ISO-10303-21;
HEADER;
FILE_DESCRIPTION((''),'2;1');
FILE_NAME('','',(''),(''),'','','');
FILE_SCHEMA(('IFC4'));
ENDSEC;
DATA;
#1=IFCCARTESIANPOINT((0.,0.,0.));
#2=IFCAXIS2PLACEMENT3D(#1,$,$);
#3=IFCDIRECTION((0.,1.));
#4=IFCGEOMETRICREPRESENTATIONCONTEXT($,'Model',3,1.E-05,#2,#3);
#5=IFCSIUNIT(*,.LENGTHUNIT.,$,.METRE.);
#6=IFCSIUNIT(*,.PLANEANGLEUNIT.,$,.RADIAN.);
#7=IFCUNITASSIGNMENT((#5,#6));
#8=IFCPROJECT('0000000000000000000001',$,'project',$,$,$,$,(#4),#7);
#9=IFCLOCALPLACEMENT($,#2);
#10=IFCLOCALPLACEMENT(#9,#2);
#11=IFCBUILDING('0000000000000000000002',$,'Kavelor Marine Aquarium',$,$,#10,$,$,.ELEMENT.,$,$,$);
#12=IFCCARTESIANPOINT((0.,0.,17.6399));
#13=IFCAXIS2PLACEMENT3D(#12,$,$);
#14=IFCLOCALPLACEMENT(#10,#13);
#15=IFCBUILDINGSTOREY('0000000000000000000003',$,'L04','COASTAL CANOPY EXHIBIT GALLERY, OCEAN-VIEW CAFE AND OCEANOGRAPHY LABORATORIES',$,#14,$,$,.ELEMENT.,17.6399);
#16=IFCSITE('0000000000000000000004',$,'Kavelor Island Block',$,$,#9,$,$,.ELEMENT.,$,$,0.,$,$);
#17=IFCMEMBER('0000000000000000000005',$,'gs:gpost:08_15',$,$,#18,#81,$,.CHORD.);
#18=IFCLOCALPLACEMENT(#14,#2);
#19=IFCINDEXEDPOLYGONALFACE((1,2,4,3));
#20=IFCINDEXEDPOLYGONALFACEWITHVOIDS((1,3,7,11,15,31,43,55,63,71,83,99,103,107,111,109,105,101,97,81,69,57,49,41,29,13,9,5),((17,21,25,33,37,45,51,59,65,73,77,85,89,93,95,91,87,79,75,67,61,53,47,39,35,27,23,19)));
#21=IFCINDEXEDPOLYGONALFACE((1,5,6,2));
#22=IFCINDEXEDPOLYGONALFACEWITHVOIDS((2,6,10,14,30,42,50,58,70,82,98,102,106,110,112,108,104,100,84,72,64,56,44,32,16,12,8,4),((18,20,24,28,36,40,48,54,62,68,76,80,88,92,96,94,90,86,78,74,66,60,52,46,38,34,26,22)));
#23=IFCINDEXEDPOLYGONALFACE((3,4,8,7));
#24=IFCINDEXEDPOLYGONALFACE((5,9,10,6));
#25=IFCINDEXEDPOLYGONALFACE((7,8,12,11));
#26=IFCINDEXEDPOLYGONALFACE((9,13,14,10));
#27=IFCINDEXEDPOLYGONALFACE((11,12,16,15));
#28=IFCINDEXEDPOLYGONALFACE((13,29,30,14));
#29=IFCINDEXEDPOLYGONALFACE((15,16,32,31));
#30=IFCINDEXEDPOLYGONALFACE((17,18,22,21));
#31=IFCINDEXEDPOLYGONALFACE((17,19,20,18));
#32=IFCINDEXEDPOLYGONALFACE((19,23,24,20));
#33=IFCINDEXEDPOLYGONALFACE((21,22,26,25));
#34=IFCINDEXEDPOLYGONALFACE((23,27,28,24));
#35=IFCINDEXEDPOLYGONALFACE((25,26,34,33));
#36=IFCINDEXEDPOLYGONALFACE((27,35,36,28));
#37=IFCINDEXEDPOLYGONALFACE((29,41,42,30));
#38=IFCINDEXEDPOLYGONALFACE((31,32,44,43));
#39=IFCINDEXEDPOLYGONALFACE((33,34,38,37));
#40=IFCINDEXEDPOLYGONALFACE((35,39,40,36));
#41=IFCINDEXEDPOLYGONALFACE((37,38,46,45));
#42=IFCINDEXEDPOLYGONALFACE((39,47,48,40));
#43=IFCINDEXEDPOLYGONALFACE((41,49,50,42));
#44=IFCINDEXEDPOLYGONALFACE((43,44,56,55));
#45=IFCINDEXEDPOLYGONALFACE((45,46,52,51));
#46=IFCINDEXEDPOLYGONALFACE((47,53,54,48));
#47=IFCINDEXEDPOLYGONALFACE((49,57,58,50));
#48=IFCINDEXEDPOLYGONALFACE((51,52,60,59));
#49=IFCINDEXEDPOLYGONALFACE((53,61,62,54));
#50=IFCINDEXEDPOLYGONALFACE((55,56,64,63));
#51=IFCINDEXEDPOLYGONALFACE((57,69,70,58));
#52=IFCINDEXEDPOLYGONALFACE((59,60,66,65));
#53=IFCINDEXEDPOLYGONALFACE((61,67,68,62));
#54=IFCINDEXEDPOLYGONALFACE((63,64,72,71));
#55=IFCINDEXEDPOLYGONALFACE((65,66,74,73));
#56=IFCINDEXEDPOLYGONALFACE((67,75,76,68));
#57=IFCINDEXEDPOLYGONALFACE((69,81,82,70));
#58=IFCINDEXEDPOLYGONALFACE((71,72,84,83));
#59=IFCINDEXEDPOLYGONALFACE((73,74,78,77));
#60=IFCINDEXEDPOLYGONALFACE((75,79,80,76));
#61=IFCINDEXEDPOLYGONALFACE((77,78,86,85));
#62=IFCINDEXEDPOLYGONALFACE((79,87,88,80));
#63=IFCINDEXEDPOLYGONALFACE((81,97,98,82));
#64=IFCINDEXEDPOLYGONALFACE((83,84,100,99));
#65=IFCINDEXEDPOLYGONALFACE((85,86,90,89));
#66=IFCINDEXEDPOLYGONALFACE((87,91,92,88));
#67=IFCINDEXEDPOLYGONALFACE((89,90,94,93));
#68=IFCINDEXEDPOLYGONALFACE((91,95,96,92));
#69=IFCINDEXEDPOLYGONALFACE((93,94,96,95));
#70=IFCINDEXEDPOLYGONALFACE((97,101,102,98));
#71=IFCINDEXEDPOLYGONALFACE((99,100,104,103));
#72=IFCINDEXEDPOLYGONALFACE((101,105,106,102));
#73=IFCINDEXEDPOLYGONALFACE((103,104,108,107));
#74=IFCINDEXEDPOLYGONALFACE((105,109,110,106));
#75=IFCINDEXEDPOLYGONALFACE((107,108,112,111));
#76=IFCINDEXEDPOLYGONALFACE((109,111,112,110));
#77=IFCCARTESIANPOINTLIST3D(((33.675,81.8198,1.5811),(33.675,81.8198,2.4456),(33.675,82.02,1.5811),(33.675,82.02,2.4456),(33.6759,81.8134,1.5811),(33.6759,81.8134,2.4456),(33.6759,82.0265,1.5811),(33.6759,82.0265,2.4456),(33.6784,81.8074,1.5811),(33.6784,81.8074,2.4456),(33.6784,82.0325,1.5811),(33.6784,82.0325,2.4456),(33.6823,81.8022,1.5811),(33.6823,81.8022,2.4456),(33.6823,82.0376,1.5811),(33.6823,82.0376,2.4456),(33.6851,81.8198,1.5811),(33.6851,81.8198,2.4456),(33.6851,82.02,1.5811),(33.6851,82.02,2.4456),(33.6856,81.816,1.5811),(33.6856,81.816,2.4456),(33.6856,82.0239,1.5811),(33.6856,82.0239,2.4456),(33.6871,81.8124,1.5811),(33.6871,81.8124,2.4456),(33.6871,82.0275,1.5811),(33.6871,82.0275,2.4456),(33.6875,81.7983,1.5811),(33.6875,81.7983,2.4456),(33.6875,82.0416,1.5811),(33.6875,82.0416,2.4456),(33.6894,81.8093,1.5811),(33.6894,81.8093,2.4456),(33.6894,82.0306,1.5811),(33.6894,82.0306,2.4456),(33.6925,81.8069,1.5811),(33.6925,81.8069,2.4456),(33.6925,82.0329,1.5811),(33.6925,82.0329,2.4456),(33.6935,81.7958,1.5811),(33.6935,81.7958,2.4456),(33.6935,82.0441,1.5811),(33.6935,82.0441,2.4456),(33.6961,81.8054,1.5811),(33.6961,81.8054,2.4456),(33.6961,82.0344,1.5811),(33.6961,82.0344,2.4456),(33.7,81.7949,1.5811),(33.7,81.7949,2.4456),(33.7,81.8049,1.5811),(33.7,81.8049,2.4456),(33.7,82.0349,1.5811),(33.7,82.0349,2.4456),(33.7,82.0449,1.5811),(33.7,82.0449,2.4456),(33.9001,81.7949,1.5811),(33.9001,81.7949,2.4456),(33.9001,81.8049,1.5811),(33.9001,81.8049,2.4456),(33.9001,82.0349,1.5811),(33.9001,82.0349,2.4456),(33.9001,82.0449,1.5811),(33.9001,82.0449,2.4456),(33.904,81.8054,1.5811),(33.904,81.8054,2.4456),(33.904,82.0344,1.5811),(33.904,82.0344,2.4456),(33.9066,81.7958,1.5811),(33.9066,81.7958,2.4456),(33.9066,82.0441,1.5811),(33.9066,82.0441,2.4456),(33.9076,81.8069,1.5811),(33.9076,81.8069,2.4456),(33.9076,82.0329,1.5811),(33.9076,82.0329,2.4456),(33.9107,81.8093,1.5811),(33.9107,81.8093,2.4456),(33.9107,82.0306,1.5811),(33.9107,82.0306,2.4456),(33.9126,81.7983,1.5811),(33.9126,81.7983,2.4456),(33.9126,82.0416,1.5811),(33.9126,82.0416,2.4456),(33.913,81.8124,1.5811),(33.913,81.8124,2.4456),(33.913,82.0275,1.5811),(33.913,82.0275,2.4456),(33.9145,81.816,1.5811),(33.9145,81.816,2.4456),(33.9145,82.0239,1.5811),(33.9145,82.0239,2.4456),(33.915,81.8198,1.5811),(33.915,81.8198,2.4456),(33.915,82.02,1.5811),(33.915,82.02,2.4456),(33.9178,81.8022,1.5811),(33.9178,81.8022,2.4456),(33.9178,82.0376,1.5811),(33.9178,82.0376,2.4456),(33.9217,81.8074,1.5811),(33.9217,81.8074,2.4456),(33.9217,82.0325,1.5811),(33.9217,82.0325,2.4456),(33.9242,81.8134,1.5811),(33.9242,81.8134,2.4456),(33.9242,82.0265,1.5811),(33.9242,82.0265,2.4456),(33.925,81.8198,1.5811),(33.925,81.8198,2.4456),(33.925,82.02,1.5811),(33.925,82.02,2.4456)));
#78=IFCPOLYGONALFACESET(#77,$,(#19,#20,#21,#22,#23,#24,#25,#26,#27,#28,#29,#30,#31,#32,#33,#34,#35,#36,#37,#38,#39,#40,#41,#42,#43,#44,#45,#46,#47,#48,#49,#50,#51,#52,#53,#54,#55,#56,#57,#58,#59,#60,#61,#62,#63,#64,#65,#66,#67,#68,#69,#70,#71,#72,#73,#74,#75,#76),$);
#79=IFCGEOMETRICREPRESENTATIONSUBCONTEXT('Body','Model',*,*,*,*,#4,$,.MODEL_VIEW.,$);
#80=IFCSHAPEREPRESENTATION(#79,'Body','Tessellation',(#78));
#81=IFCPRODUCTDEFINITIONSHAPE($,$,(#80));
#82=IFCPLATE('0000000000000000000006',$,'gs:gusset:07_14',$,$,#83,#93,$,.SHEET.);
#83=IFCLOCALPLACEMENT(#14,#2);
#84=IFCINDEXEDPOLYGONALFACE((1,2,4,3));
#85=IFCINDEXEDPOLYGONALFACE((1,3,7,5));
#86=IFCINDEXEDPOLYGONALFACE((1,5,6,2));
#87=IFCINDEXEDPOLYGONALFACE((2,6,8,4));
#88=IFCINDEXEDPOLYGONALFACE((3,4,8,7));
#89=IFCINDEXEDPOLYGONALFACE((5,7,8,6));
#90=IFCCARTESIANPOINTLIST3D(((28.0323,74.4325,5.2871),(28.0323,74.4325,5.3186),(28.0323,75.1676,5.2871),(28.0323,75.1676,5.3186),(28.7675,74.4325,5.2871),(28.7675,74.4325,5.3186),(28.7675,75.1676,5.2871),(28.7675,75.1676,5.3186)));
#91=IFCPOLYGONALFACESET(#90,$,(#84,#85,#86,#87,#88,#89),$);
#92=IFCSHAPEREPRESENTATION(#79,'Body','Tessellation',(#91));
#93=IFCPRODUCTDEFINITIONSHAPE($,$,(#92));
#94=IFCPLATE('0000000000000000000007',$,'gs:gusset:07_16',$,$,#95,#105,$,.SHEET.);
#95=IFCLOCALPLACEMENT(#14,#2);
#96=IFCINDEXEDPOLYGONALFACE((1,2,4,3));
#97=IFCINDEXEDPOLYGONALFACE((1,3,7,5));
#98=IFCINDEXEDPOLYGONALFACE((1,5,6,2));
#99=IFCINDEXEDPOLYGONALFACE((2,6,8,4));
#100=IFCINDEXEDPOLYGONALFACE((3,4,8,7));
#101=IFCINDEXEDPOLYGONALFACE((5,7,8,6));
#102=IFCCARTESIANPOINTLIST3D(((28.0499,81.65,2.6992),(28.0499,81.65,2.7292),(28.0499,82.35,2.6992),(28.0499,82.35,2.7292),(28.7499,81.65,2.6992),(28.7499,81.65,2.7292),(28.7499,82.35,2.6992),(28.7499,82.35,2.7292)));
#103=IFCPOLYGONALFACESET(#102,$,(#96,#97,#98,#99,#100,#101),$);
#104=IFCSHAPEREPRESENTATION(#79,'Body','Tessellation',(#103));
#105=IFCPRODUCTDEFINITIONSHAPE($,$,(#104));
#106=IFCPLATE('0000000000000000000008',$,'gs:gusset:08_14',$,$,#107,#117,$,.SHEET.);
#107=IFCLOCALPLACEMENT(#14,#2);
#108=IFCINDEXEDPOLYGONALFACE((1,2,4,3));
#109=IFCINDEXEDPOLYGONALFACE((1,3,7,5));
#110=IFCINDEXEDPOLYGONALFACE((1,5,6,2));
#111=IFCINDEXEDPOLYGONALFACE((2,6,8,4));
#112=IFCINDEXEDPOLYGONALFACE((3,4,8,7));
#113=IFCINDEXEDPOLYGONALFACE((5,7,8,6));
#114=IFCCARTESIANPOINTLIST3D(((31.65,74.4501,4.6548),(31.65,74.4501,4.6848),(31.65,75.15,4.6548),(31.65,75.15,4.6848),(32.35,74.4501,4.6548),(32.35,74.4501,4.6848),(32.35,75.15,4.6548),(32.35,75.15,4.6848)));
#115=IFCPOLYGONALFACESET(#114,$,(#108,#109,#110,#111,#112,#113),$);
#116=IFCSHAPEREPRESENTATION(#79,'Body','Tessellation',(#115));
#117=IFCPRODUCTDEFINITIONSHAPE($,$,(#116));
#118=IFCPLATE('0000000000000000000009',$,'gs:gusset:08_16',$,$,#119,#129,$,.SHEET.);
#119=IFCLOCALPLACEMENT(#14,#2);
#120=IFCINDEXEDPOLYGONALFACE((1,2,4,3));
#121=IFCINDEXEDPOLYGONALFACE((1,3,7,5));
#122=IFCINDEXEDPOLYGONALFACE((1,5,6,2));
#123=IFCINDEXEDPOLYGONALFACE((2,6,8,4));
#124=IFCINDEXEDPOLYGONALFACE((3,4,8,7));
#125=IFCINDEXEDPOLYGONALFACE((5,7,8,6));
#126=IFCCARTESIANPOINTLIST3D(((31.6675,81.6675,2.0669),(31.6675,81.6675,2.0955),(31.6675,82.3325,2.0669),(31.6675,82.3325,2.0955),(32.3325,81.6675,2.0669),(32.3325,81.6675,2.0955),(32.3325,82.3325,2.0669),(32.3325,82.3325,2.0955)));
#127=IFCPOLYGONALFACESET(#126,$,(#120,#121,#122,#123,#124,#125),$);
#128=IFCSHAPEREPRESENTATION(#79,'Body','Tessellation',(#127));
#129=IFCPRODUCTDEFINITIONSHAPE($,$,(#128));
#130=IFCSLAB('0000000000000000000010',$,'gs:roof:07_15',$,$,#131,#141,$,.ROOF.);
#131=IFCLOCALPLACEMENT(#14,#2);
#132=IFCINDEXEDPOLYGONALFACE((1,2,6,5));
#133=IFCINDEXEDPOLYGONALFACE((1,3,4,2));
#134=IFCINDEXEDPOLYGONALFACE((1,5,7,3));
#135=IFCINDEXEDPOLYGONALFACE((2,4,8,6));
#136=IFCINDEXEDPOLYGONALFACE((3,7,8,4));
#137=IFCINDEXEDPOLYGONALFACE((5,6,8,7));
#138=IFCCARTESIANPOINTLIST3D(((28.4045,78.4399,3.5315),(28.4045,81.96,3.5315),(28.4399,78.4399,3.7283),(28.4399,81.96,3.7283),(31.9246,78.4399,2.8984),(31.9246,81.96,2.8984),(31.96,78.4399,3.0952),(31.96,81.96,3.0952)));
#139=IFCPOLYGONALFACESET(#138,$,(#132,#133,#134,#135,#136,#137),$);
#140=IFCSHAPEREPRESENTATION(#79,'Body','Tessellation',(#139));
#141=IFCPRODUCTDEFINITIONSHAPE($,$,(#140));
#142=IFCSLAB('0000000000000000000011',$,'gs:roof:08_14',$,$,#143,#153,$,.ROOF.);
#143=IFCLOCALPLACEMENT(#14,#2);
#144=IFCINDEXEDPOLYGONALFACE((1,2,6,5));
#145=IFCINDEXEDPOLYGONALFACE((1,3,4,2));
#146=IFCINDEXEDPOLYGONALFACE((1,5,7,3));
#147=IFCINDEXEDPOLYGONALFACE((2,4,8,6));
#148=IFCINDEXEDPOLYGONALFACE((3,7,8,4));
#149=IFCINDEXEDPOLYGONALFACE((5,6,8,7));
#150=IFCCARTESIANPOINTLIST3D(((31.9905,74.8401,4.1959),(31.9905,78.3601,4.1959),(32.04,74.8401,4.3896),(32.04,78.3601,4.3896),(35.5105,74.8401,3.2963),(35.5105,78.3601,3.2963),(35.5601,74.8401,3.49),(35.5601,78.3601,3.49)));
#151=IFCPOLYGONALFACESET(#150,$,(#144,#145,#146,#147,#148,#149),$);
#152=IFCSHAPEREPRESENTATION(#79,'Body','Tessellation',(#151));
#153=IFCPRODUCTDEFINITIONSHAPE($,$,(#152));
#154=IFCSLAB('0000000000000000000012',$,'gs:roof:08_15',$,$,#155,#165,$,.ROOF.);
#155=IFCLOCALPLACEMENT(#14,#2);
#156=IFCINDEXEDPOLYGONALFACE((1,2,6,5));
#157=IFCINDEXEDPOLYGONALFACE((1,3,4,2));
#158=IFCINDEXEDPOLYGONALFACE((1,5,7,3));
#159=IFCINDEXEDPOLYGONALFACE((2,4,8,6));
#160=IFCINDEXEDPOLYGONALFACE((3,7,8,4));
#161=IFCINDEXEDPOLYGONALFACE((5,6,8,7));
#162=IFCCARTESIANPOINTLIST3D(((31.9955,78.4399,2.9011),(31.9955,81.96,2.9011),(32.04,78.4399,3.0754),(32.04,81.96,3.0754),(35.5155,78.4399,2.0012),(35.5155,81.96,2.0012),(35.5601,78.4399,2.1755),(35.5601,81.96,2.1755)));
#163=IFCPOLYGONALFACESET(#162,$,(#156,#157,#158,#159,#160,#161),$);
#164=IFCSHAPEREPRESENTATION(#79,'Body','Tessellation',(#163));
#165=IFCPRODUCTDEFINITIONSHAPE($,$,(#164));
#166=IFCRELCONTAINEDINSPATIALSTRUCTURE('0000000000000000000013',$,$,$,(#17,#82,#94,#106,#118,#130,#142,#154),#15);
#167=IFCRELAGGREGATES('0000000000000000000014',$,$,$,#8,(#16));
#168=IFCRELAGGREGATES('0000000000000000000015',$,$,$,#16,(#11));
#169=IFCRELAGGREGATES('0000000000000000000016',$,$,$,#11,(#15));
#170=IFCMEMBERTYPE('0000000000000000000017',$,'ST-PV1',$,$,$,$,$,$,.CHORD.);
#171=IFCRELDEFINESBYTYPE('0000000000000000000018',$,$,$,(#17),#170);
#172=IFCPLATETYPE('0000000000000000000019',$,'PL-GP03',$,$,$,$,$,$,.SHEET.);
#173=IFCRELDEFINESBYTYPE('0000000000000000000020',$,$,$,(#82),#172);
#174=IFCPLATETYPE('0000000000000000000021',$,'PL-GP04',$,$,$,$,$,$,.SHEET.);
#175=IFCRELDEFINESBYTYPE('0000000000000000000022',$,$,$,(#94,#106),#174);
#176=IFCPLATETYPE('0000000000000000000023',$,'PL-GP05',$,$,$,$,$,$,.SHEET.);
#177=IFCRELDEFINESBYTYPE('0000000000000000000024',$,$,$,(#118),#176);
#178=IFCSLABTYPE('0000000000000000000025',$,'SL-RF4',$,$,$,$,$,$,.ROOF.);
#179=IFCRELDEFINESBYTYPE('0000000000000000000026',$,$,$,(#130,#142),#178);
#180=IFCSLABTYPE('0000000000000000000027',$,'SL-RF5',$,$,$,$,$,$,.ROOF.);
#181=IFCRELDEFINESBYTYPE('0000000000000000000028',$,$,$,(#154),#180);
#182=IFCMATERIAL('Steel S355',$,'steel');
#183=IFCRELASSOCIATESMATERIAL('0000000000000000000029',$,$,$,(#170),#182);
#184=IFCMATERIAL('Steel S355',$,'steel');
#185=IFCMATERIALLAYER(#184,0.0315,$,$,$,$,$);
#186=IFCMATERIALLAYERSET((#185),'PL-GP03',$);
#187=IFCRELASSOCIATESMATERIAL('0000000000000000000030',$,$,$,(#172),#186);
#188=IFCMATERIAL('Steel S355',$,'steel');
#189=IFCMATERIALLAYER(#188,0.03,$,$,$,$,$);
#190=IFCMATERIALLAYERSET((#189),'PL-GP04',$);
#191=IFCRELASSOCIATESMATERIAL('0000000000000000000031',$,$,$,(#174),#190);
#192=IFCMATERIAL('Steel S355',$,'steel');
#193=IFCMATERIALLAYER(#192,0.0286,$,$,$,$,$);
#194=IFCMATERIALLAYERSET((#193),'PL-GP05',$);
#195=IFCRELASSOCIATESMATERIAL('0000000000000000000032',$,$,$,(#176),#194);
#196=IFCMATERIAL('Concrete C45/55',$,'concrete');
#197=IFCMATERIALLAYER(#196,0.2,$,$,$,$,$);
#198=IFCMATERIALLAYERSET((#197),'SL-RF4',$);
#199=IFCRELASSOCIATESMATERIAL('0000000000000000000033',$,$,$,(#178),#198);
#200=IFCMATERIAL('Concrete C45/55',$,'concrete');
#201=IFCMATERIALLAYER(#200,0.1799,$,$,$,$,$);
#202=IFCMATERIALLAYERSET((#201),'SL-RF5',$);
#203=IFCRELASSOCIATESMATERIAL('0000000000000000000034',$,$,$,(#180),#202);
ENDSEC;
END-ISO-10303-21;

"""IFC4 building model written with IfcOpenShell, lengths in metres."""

from ifc_helpers import new_model, si_unit, direction, frame, origin, origin_2d, place, context, subcontext, project, spatial, polyline, rectangle, hollow_rectangle, outline, extrude, material, layer, layer_set, material_profile, profile_set, type_object, element, save


model = new_model("IFC4")

# Units and contexts
model_context = context("Model", 3, precision=1e-05, world=origin(), true_north=direction((0.0, 1.0)))
body_context = subcontext(model_context, "Body", "Model", "MODEL_VIEW")
ifc_project = project(units=[si_unit("LENGTHUNIT", "METRE"), si_unit("PLANEANGLEUNIT", "RADIAN")], contexts=[model_context])

# Site, building, storey
site_placement = place(None, origin())
site = spatial("IfcSite", under=ifc_project, at=site_placement, Name="Kavelor Island Block", CompositionType="ELEMENT", RefElevation=0.0)
building_placement = place(site_placement, origin())
building = spatial("IfcBuilding", under=site, at=building_placement, Name="Kavelor Marine Aquarium", CompositionType="ELEMENT")
storey_placement = place(building_placement, frame((0.0, 0.0, 17.6399)))
storey = spatial("IfcBuildingStorey", under=building, at=storey_placement, Name="L04", Description="COASTAL CANOPY EXHIBIT GALLERY, OCEAN-VIEW CAFE AND OCEANOGRAPHY LABORATORIES", CompositionType="ELEMENT", Elevation=17.6399)

# Member
ifc_material_1 = material(Name="Steel S355", Category="steel")
ifc_material_profile_1 = material_profile(ifc_material_1, hollow_rectangle(XDim=0.25, YDim=0.25, WallThickness=0.01, InnerFilletRadius=0.0149, OuterFilletRadius=0.0249, at=origin_2d()), Name="SHS 250x250x10.0")
ifc_profile_set_1 = profile_set([ifc_material_profile_1], Name="Steel S355")
member_type_1 = type_object("IfcMemberType", Name="ST-PV1", PredefinedType="CHORD", material=ifc_profile_set_1)
for number, where, z_axis, x_axis, name in (
    (1, (33.8, 81.9199, 1.5811), (0.0, 0.0, 1.0), (1.0, 0.0, 0.0), "gs:gpost:08_15"),
):
    element("IfcMember", number, at=place(storey_placement, frame(where, z_axis=z_axis, x_axis=x_axis)), inside=storey, type_object=member_type_1, Name=name, PredefinedType="CHORD", context=body_context, shape_type="SweptSolid", body=[
        extrude(hollow_rectangle(XDim=0.25, YDim=0.25, WallThickness=0.01, InnerFilletRadius=0.0149, OuterFilletRadius=0.0249, at=origin_2d()), origin(), (0.0, 0.0, 1.0), 0.8645),
    ])

# Plates
ifc_material_2 = material(Name="Steel S355", Category="steel")
ifc_layer_1 = layer(ifc_material_2, 0.0315)
ifc_layer_set_1 = layer_set([ifc_layer_1], Name="PL-GP03")
plate_type_1 = type_object("IfcPlateType", Name="PL-GP03", PredefinedType="SHEET", material=ifc_layer_set_1)
plate_1_placement = place(storey_placement, frame((28.3999, 74.8, 5.2871), z_axis=(0.0, 0.0, 1.0), x_axis=(1.0, 0.0, 0.0)))
element("IfcPlate", 2, at=plate_1_placement, inside=storey, type_object=plate_type_1, Name="gs:gusset:07_14", PredefinedType="SHEET", context=body_context, shape_type="SweptSolid", body=[
    extrude(rectangle(XDim=0.7351, YDim=0.7351, at=origin_2d()), origin(), (0.0, 0.0, 1.0), 0.0315),
])
ifc_material_3 = material(Name="Steel S355", Category="steel")
ifc_layer_2 = layer(ifc_material_3, 0.03)
ifc_layer_set_2 = layer_set([ifc_layer_2], Name="PL-GP04")
plate_type_2 = type_object("IfcPlateType", Name="PL-GP04", PredefinedType="SHEET", material=ifc_layer_set_2)
for number, where, z_axis, x_axis, name in (
    (3, (28.3999, 82.0, 2.6992), (0.0, 0.0, 1.0), (1.0, 0.0, 0.0), "gs:gusset:07_16"),
    (4, (32.0, 74.8, 4.6548), (0.0, 0.0, 1.0), (1.0, 0.0, 0.0), "gs:gusset:08_14"),
):
    element("IfcPlate", number, at=place(storey_placement, frame(where, z_axis=z_axis, x_axis=x_axis)), inside=storey, type_object=plate_type_2, Name=name, PredefinedType="SHEET", context=body_context, shape_type="SweptSolid", body=[
        extrude(rectangle(XDim=0.7, YDim=0.7, at=origin_2d()), origin(), (0.0, 0.0, 1.0), 0.03),
    ])
ifc_material_4 = material(Name="Steel S355", Category="steel")
ifc_layer_3 = layer(ifc_material_4, 0.0286)
ifc_layer_set_3 = layer_set([ifc_layer_3], Name="PL-GP05")
plate_type_3 = type_object("IfcPlateType", Name="PL-GP05", PredefinedType="SHEET", material=ifc_layer_set_3)
plate_2_placement = place(storey_placement, frame((32.0, 82.0, 2.0669), z_axis=(0.0, 0.0, 1.0), x_axis=(1.0, 0.0, 0.0)))
element("IfcPlate", 5, at=plate_2_placement, inside=storey, type_object=plate_type_3, Name="gs:gusset:08_16", PredefinedType="SHEET", context=body_context, shape_type="SweptSolid", body=[
    extrude(rectangle(XDim=0.665, YDim=0.665, at=origin_2d()), origin(), (0.0, 0.0, 1.0), 0.0286),
])

# Slabs
ifc_material_5 = material(Name="Concrete C45/55", Category="concrete")
ifc_layer_4 = layer(ifc_material_5, 0.2)
ifc_layer_set_4 = layer_set([ifc_layer_4], Name="SL-RF4")
slab_type_1 = type_object("IfcSlabType", Name="SL-RF4", PredefinedType="ROOF", material=ifc_layer_set_4)
slab_1_placement = place(storey_placement, frame((28.4399, 78.4399, 3.7283), z_axis=(0.177005, 0.0, 0.98421), x_axis=(0.98421, 0.0, -0.177005)))
element("IfcSlab", 6, at=slab_1_placement, inside=storey, type_object=slab_type_1, Name="gs:roof:07_15", PredefinedType="ROOF", context=body_context, shape_type="SweptSolid", body=[
    extrude(outline(polyline([(0.0, 0.0), (3.5765, 0.0), (3.5765, 3.52), (0.0, 3.52), (0.0, 0.0)])), origin(), (0.0, 0.0, -1.0), 0.2),
])
slab_2_placement = place(storey_placement, frame((32.04, 74.8401, 4.3896), z_axis=(0.247623, 0.0, 0.968856), x_axis=(0.968856, 0.0, -0.247623)))
element("IfcSlab", 7, at=slab_2_placement, inside=storey, type_object=slab_type_1, Name="gs:roof:08_14", PredefinedType="ROOF", context=body_context, shape_type="SweptSolid", body=[
    extrude(outline(polyline([(0.0, 0.0), (3.6332, 0.0), (3.6332, 3.52), (0.0, 3.52), (0.0, 0.0)])), origin(), (0.0, 0.0, -1.0), 0.2),
])
ifc_material_6 = material(Name="Concrete C45/55", Category="concrete")
ifc_layer_5 = layer(ifc_material_6, 0.1799)
ifc_layer_set_5 = layer_set([ifc_layer_5], Name="SL-RF5")
slab_type_2 = type_object("IfcSlabType", Name="SL-RF5", PredefinedType="ROOF", material=ifc_layer_set_5)
slab_3_placement = place(storey_placement, frame((32.04, 78.4399, 3.0754), z_axis=(0.247687, 0.0, 0.96884), x_axis=(0.96884, 0.0, -0.247687)))
element("IfcSlab", 8, at=slab_3_placement, inside=storey, type_object=slab_type_2, Name="gs:roof:08_15", PredefinedType="ROOF", context=body_context, shape_type="SweptSolid", body=[
    extrude(outline(polyline([(0.0, 0.0), (3.6332, 0.0), (3.6332, 3.52), (0.0, 3.52), (0.0, 0.0)])), origin(), (0.0, 0.0, -1.0), 0.1799),
])

save(model, "model.ifc")
